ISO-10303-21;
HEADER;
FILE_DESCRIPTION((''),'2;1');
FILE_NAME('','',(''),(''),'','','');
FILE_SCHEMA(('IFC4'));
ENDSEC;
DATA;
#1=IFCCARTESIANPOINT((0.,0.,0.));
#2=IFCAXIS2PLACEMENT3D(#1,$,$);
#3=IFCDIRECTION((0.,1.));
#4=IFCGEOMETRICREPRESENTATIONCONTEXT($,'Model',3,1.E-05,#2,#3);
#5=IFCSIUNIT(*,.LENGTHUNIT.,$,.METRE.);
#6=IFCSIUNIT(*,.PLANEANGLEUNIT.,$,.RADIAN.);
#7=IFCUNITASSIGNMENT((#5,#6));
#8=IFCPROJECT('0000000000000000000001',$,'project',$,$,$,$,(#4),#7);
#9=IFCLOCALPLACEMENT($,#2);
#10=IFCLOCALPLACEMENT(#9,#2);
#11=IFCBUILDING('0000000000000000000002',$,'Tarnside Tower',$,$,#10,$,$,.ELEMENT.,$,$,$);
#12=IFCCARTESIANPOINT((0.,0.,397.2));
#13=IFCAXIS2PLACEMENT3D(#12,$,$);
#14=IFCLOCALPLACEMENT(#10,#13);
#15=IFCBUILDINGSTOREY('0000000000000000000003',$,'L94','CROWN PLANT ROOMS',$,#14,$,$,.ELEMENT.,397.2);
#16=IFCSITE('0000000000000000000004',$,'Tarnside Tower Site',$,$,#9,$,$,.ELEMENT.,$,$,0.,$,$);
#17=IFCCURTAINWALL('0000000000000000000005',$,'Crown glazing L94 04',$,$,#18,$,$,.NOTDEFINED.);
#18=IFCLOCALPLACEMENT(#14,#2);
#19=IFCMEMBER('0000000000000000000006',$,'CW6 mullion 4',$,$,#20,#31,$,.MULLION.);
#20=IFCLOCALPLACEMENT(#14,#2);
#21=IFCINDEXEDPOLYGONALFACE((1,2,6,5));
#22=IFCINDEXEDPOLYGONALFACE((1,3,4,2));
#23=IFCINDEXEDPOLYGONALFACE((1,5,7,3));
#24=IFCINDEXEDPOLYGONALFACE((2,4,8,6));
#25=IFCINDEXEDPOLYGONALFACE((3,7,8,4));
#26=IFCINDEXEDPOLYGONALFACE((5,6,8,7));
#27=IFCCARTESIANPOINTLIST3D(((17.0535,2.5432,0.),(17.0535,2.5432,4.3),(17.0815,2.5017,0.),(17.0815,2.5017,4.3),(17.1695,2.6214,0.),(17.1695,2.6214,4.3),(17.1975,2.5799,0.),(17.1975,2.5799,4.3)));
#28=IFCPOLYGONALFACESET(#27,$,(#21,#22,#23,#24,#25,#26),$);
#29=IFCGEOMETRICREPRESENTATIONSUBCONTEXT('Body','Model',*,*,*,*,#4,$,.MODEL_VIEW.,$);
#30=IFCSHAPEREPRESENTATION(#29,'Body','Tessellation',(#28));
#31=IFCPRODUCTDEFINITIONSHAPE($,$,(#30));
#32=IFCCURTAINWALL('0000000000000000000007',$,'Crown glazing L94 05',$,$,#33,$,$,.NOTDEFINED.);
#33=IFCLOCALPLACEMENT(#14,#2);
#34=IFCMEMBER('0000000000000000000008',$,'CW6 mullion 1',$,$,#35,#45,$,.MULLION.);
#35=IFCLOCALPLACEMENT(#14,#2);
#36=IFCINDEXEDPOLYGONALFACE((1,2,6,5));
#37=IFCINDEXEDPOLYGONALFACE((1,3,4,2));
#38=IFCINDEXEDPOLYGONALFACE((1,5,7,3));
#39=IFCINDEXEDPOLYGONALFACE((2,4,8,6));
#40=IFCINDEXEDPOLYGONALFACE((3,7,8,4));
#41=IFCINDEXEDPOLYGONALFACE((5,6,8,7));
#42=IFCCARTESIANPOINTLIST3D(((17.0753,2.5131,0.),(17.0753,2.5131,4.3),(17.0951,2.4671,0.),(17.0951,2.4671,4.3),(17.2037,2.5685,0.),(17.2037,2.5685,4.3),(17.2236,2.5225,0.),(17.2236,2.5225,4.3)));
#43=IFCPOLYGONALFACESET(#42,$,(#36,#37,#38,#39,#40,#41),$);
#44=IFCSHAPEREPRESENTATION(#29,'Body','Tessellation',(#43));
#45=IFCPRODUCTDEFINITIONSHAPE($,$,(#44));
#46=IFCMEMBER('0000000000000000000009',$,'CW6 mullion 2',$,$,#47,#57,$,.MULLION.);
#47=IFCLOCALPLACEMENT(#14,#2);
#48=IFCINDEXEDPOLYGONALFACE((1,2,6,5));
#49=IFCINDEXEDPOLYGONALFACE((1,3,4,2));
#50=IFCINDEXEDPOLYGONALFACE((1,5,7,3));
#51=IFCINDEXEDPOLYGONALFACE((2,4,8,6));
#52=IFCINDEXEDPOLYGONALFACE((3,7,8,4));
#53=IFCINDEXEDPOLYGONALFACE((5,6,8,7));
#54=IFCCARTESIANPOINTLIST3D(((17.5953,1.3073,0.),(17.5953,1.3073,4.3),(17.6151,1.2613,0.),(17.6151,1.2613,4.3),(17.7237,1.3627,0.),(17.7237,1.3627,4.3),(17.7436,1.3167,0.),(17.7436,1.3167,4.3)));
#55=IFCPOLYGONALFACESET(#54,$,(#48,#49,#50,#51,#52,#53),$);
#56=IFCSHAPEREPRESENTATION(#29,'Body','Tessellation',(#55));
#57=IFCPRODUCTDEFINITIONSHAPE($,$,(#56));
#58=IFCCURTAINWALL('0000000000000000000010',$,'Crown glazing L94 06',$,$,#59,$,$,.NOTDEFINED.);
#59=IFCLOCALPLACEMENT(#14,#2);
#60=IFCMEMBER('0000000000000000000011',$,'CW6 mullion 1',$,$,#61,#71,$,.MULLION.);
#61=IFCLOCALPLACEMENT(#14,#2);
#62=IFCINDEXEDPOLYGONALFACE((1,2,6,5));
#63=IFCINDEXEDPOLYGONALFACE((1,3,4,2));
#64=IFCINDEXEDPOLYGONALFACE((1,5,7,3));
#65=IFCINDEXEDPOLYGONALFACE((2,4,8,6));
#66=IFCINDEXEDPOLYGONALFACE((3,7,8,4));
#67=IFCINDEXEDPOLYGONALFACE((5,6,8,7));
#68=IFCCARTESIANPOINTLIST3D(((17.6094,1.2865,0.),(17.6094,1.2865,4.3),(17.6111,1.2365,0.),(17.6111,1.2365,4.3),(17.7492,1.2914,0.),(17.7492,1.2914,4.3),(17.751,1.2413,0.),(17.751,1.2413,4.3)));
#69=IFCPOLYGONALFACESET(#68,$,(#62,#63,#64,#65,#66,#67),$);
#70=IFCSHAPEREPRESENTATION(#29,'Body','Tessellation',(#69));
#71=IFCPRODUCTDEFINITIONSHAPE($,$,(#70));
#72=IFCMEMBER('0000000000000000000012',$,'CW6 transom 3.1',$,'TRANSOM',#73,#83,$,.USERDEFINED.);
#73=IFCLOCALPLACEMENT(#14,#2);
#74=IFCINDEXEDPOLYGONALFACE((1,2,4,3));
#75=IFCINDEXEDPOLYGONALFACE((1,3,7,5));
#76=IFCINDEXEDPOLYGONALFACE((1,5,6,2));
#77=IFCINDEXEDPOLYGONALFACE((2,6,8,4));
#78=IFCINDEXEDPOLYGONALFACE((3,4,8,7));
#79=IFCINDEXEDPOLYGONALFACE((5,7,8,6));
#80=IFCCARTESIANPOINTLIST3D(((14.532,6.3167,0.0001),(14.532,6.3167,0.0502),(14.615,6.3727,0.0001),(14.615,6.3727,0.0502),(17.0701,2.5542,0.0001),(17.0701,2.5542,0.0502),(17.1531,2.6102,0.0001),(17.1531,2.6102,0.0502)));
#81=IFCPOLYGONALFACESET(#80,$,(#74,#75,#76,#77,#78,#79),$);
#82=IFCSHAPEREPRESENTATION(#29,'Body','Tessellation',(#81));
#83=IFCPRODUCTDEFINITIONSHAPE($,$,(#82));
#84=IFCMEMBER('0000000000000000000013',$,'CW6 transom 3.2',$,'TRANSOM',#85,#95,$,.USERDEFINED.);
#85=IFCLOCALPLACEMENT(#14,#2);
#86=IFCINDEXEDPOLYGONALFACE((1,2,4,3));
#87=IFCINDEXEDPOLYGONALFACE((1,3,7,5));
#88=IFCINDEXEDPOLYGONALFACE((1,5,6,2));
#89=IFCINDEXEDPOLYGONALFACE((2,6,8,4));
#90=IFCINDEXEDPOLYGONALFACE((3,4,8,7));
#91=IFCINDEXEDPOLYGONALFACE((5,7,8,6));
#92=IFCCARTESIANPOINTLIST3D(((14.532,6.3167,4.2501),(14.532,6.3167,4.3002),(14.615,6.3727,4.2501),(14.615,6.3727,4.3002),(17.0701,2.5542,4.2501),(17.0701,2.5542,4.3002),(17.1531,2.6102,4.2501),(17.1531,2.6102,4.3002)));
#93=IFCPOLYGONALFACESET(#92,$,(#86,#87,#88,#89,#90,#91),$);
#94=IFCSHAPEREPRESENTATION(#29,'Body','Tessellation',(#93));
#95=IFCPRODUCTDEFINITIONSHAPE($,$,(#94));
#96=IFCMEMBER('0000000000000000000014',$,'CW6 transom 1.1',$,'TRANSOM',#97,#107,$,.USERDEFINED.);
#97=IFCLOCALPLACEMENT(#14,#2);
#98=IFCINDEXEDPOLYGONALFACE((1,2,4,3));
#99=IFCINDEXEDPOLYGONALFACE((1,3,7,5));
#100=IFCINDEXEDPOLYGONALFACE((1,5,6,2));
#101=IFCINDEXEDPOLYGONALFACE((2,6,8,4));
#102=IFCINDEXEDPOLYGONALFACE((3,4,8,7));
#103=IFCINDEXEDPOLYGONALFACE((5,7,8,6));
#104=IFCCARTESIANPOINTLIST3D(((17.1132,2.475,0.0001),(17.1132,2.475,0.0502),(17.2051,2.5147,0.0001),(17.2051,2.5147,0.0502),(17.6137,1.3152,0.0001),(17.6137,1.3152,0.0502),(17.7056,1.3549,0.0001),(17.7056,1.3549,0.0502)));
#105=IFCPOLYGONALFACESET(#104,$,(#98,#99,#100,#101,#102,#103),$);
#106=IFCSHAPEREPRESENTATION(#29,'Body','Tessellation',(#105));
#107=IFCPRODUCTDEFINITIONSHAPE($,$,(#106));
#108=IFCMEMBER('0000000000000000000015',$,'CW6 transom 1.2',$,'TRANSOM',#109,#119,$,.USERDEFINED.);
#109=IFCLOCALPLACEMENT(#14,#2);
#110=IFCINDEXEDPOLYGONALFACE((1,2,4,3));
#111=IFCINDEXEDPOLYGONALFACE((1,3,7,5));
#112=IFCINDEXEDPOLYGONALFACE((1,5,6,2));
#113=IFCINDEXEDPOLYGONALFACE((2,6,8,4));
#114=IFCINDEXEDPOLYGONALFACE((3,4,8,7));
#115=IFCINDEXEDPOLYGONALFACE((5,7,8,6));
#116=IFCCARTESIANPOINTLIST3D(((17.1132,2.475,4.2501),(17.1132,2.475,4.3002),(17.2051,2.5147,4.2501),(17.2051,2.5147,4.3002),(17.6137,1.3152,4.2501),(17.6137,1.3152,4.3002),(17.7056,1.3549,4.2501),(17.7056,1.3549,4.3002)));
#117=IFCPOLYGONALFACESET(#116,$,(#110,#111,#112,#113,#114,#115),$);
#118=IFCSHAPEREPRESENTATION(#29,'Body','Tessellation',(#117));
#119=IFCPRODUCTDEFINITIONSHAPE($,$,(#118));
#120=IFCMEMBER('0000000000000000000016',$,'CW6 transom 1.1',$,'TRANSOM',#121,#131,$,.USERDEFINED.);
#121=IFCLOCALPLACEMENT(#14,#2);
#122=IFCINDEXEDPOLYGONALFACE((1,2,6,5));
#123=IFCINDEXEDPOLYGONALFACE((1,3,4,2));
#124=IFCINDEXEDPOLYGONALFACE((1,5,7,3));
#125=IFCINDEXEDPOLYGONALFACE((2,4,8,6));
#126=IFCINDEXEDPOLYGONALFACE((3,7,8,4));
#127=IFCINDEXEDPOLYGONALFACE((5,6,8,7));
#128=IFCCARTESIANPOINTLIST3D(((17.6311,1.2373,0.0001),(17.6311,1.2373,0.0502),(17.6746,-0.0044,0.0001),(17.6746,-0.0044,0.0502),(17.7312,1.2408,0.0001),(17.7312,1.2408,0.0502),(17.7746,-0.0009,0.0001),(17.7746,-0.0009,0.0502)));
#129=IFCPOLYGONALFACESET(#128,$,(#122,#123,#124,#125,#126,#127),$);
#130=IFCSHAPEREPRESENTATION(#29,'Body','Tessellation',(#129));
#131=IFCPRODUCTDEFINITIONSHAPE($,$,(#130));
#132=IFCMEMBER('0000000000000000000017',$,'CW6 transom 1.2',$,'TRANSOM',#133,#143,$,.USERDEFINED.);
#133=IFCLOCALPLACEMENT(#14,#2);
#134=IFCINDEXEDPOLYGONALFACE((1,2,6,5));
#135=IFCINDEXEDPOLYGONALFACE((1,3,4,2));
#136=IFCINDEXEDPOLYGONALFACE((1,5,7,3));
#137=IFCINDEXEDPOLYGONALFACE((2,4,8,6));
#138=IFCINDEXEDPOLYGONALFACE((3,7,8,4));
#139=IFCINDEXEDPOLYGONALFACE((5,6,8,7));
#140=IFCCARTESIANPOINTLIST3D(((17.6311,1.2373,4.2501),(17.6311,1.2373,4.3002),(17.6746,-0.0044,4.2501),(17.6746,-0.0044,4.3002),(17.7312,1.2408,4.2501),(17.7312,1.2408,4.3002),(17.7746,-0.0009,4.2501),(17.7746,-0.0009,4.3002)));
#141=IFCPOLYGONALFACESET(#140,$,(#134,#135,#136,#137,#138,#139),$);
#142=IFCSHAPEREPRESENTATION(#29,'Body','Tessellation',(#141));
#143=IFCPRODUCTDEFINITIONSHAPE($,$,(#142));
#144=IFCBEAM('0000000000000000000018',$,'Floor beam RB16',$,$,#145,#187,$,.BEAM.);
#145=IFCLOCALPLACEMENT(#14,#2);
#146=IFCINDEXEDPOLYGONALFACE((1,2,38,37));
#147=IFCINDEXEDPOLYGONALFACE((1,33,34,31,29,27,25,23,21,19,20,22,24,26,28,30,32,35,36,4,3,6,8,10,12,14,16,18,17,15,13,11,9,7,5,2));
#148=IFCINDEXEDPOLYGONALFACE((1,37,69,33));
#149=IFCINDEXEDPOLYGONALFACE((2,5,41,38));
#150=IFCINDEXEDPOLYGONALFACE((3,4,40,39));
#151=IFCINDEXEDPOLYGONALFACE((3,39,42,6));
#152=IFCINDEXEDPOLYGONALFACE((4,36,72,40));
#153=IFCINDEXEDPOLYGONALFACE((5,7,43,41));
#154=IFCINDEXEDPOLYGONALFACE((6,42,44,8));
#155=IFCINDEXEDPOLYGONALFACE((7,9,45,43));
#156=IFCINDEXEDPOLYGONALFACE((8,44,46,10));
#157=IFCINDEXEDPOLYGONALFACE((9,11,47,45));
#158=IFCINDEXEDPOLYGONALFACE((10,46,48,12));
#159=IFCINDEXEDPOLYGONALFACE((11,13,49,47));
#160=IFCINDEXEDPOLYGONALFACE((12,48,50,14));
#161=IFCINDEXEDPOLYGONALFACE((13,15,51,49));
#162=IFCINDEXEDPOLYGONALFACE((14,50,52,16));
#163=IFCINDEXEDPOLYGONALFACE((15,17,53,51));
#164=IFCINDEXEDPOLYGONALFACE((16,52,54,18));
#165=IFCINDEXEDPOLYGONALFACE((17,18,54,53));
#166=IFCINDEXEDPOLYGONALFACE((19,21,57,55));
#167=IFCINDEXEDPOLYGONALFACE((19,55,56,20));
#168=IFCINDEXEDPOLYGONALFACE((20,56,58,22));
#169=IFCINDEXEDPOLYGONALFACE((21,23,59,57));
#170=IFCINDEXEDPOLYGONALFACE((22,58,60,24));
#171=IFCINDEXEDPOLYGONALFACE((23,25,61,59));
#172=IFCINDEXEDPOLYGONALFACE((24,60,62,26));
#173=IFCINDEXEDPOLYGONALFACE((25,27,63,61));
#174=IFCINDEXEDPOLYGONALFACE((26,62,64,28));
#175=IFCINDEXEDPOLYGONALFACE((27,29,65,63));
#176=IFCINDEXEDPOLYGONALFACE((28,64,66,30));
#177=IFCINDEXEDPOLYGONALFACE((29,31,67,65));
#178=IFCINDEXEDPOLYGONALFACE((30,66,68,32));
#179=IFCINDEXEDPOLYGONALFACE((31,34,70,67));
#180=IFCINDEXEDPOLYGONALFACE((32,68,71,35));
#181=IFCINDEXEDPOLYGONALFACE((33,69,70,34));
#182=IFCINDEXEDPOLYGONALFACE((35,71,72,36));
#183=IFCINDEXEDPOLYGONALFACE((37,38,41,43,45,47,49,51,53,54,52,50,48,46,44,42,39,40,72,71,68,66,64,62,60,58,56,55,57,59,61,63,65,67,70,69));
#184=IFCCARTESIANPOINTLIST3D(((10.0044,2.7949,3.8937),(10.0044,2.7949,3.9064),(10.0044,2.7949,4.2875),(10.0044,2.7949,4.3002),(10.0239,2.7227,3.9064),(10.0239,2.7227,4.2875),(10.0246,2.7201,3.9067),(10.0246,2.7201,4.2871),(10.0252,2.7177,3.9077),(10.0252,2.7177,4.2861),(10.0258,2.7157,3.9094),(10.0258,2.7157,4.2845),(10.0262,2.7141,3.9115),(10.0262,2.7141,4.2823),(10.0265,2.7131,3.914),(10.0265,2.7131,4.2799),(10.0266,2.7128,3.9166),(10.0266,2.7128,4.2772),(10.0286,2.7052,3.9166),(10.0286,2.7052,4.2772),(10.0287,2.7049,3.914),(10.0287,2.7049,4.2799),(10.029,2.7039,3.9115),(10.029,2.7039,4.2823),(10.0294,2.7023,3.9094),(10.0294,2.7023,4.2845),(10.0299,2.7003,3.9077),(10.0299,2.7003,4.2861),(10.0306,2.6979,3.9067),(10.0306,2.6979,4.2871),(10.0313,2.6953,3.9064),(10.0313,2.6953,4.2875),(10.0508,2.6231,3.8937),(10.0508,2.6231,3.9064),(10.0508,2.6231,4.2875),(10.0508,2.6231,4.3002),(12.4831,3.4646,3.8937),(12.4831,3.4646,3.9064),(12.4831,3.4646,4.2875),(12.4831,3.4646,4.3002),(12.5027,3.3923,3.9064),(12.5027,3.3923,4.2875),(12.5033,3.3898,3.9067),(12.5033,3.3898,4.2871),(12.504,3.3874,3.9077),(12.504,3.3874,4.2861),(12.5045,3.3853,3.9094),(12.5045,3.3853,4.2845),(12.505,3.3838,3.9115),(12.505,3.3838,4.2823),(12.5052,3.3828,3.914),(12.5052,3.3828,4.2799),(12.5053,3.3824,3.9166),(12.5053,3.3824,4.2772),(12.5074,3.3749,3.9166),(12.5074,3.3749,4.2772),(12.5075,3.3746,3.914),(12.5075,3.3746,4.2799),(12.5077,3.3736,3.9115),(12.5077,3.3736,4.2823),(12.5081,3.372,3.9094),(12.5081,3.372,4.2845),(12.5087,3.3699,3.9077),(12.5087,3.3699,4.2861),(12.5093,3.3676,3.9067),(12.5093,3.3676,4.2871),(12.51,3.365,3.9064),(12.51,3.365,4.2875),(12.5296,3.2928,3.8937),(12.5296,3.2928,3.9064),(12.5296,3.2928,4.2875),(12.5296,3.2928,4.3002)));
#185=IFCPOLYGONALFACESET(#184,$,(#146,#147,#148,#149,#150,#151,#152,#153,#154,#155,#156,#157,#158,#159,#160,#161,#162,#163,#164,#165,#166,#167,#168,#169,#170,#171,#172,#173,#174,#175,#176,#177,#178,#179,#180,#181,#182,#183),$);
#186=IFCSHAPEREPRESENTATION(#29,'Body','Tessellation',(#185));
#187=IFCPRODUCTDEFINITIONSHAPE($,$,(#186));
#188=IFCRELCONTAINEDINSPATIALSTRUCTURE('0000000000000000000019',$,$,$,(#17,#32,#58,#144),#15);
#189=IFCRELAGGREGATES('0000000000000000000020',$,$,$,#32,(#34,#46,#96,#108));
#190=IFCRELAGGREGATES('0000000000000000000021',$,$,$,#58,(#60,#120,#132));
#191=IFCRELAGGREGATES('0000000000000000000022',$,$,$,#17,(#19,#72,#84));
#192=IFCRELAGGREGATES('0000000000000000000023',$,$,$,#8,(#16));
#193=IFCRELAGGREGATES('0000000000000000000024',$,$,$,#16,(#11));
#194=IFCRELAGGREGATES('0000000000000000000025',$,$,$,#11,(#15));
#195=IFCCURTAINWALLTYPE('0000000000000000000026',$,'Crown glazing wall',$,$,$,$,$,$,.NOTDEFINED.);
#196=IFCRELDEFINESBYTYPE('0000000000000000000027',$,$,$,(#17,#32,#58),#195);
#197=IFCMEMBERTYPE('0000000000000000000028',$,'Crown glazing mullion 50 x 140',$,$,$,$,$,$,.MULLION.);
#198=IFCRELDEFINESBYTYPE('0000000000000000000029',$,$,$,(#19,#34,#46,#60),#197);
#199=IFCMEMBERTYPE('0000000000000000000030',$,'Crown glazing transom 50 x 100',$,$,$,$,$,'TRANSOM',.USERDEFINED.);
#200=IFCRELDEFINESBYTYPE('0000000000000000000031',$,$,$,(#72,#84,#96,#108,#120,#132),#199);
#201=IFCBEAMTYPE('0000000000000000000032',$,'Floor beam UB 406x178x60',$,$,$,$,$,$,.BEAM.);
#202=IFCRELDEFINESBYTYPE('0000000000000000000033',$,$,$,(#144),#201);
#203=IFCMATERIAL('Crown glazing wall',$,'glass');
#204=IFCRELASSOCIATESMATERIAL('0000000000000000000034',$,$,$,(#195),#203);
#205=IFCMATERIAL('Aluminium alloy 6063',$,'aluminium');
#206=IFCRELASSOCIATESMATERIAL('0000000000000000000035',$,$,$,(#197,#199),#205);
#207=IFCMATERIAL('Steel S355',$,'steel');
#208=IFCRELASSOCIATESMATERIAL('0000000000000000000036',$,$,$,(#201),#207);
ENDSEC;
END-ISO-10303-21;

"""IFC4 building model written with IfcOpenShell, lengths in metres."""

from ifc_helpers import new_model, si_unit, direction, frame, origin, origin_2d, place, context, subcontext, project, spatial, rectangle, i_section, extrude, material, material_profile, profile_set, type_object, element, aggregate, save


model = new_model("IFC4")

# Units and contexts
model_context = context("Model", 3, precision=1e-05, world=origin(), true_north=direction((0.0, 1.0)))
body_context = subcontext(model_context, "Body", "Model", "MODEL_VIEW")
ifc_project = project(units=[si_unit("LENGTHUNIT", "METRE"), si_unit("PLANEANGLEUNIT", "RADIAN")], contexts=[model_context])

# Site, building, storey
site_placement = place(None, origin())
site = spatial("IfcSite", under=ifc_project, at=site_placement, Name="Tarnside Tower Site", CompositionType="ELEMENT", RefElevation=0.0)
building_placement = place(site_placement, origin())
building = spatial("IfcBuilding", under=site, at=building_placement, Name="Tarnside Tower", CompositionType="ELEMENT")
storey_placement = place(building_placement, frame((0.0, 0.0, 397.2)))
storey = spatial("IfcBuildingStorey", under=building, at=storey_placement, Name="L94", Description="CROWN PLANT ROOMS", CompositionType="ELEMENT", Elevation=397.2)

# Curtain wall, member
ifc_material_1 = material(Name="Crown glazing wall", Category="glass")
curtain_wall_type = type_object("IfcCurtainWallType", Name="Crown glazing wall", PredefinedType="NOTDEFINED", material=ifc_material_1)
curtain_wall_1_placement = place(storey_placement, origin())
curtain_wall_1 = element("IfcCurtainWall", 1, at=curtain_wall_1_placement, inside=storey, type_object=curtain_wall_type, Name="Crown glazing L94 04", PredefinedType="NOTDEFINED")
ifc_material_2 = material(Name="Aluminium alloy 6063", Category="aluminium")
ifc_material_profile_1 = material_profile(ifc_material_2, rectangle(XDim=0.1399, YDim=0.05, at=origin_2d()), Name="Crown glazing mullion 50 x 140")
ifc_profile_set_1 = profile_set([ifc_material_profile_1], Name="Aluminium alloy 6063")
member_type_1 = type_object("IfcMemberType", Name="Crown glazing mullion 50 x 140", PredefinedType="MULLION", material=ifc_profile_set_1)
member_1_placement = place(storey_placement, frame((17.1255, 2.5615, 0.0), z_axis=(0.0, 0.0, 1.0), x_axis=(0.829038, 0.559193, 0.0)))
member_1 = element("IfcMember", 2, at=member_1_placement, type_object=member_type_1, Name="CW6 mullion 4", PredefinedType="MULLION", context=body_context, shape_type="SweptSolid", body=[
    extrude(rectangle(XDim=0.1399, YDim=0.05, at=origin_2d()), origin(), (0.0, 0.0, 1.0), 4.3),
])

# Curtain wall, members
curtain_wall_2_placement = place(storey_placement, origin())
curtain_wall_2 = element("IfcCurtainWall", 3, at=curtain_wall_2_placement, inside=storey, type_object=curtain_wall_type, Name="Crown glazing L94 05", PredefinedType="NOTDEFINED")
member_2_placement = place(storey_placement, frame((17.1494, 2.5178, 0.0), z_axis=(0.0, 0.0, 1.0), x_axis=(0.918216, 0.39608, 0.0)))
member_2 = element("IfcMember", 4, at=member_2_placement, type_object=member_type_1, Name="CW6 mullion 1", PredefinedType="MULLION", context=body_context, shape_type="SweptSolid", body=[
    extrude(rectangle(XDim=0.1399, YDim=0.05, at=origin_2d()), origin(), (0.0, 0.0, 1.0), 4.3),
])
member_3_placement = place(storey_placement, frame((17.6694, 1.312, 0.0), z_axis=(0.0, 0.0, 1.0), x_axis=(0.918216, 0.39608, 0.0)))
member_3 = element("IfcMember", 5, at=member_3_placement, type_object=member_type_1, Name="CW6 mullion 2", PredefinedType="MULLION", context=body_context, shape_type="SweptSolid", body=[
    extrude(rectangle(XDim=0.1399, YDim=0.05, at=origin_2d()), origin(), (0.0, 0.0, 1.0), 4.3),
])

# Curtain wall, member
curtain_wall_3_placement = place(storey_placement, origin())
curtain_wall_3 = element("IfcCurtainWall", 6, at=curtain_wall_3_placement, inside=storey, type_object=curtain_wall_type, Name="Crown glazing L94 06", PredefinedType="NOTDEFINED")
member_4_placement = place(storey_placement, frame((17.6802, 1.2639, 0.0), z_axis=(0.0, 0.0, 1.0), x_axis=(0.999391, 0.034899, 0.0)))
member_4 = element("IfcMember", 7, at=member_4_placement, type_object=member_type_1, Name="CW6 mullion 1", PredefinedType="MULLION", context=body_context, shape_type="SweptSolid", body=[
    extrude(rectangle(XDim=0.1399, YDim=0.05, at=origin_2d()), origin(), (0.0, 0.0, 1.0), 4.3),
])

# Members
ifc_material_profile_2 = material_profile(ifc_material_2, rectangle(XDim=0.1001, YDim=0.05, at=origin_2d()), Name="Crown glazing transom 50 x 100")
ifc_profile_set_2 = profile_set([ifc_material_profile_2], Name="Aluminium alloy 6063")
member_type_2 = type_object("IfcMemberType", Name="Crown glazing transom 50 x 100", ElementType="TRANSOM", PredefinedType="USERDEFINED", material=ifc_profile_set_2)
member_5_placement = place(storey_placement, frame((14.5735, 6.3447, 0.0251), z_axis=(0.559235, -0.829009, 0.0), x_axis=(0.829009, 0.559235, 0.0)))
member_5 = element("IfcMember", 8, at=member_5_placement, type_object=member_type_2, Name="CW6 transom 3.1", ObjectType="TRANSOM", PredefinedType="USERDEFINED", context=body_context, shape_type="SweptSolid", body=[
    extrude(rectangle(XDim=0.1001, YDim=0.05, at=origin_2d()), origin(), (0.0, 0.0, 1.0), 4.5386),
])
member_6_placement = place(storey_placement, frame((14.5735, 6.3447, 4.2751), z_axis=(0.559235, -0.829009, 0.0), x_axis=(0.829009, 0.559235, 0.0)))
member_6 = element("IfcMember", 9, at=member_6_placement, type_object=member_type_2, Name="CW6 transom 3.2", ObjectType="TRANSOM", PredefinedType="USERDEFINED", context=body_context, shape_type="SweptSolid", body=[
    extrude(rectangle(XDim=0.1001, YDim=0.05, at=origin_2d()), origin(), (0.0, 0.0, 1.0), 4.5386),
])
member_7_placement = place(storey_placement, frame((17.1592, 2.4949, 0.0251), z_axis=(0.396181, -0.918173, 0.0), x_axis=(0.918173, 0.396181, 0.0)))
member_7 = element("IfcMember", 10, at=member_7_placement, type_object=member_type_2, Name="CW6 transom 1.1", ObjectType="TRANSOM", PredefinedType="USERDEFINED", context=body_context, shape_type="SweptSolid", body=[
    extrude(rectangle(XDim=0.1001, YDim=0.05, at=origin_2d()), origin(), (0.0, 0.0, 1.0), 1.2632),
])
member_8_placement = place(storey_placement, frame((17.1592, 2.4949, 4.2751), z_axis=(0.396181, -0.918173, 0.0), x_axis=(0.918173, 0.396181, 0.0)))
member_8 = element("IfcMember", 11, at=member_8_placement, type_object=member_type_2, Name="CW6 transom 1.2", ObjectType="TRANSOM", PredefinedType="USERDEFINED", context=body_context, shape_type="SweptSolid", body=[
    extrude(rectangle(XDim=0.1001, YDim=0.05, at=origin_2d()), origin(), (0.0, 0.0, 1.0), 1.2632),
])
member_9_placement = place(storey_placement, frame((17.6812, 1.239, 0.0251), z_axis=(0.034977, -0.999388, 0.0), x_axis=(0.999388, 0.034977, 0.0)))
member_9 = element("IfcMember", 12, at=member_9_placement, type_object=member_type_2, Name="CW6 transom 1.1", ObjectType="TRANSOM", PredefinedType="USERDEFINED", context=body_context, shape_type="SweptSolid", body=[
    extrude(rectangle(XDim=0.1001, YDim=0.05, at=origin_2d()), origin(), (0.0, 0.0, 1.0), 1.2424),
])
member_10_placement = place(storey_placement, frame((17.6812, 1.239, 4.2751), z_axis=(0.034977, -0.999388, 0.0), x_axis=(0.999388, 0.034977, 0.0)))
member_10 = element("IfcMember", 13, at=member_10_placement, type_object=member_type_2, Name="CW6 transom 1.2", ObjectType="TRANSOM", PredefinedType="USERDEFINED", context=body_context, shape_type="SweptSolid", body=[
    extrude(rectangle(XDim=0.1001, YDim=0.05, at=origin_2d()), origin(), (0.0, 0.0, 1.0), 1.2424),
])

# Beam
ifc_material_3 = material(Name="Steel S355", Category="steel")
ifc_material_profile_3 = material_profile(ifc_material_3, i_section(OverallWidth=0.178, OverallDepth=0.4065, WebThickness=0.0078, FlangeThickness=0.0127, FilletRadius=0.0103, at=origin_2d()), Name="UB 406x178x60")
ifc_profile_set_3 = profile_set([ifc_material_profile_3], Name="Steel S355")
beam_type_1 = type_object("IfcBeamType", Name="Floor beam UB 406x178x60", PredefinedType="BEAM", material=ifc_profile_set_3)
beam_1_placement = place(storey_placement, frame((12.5063, 3.3787, 4.0969), z_axis=(-0.965389, -0.260816, 0.0), x_axis=(0.260816, -0.965389, 0.0)))
element("IfcBeam", 14, at=beam_1_placement, inside=storey, type_object=beam_type_1, Name="Floor beam RB16", PredefinedType="BEAM", context=body_context, shape_type="SweptSolid", body=[
    extrude(i_section(OverallWidth=0.178, OverallDepth=0.4065, WebThickness=0.0078, FlangeThickness=0.0127, FilletRadius=0.0103, at=origin_2d()), origin(), (0.0, 0.0, 1.0), 2.5676),
])

aggregate(curtain_wall_2, [member_2, member_3, member_7, member_8])
aggregate(curtain_wall_3, [member_4, member_9, member_10])
aggregate(curtain_wall_1, [member_1, member_5, member_6])

save(model, "model.ifc")
